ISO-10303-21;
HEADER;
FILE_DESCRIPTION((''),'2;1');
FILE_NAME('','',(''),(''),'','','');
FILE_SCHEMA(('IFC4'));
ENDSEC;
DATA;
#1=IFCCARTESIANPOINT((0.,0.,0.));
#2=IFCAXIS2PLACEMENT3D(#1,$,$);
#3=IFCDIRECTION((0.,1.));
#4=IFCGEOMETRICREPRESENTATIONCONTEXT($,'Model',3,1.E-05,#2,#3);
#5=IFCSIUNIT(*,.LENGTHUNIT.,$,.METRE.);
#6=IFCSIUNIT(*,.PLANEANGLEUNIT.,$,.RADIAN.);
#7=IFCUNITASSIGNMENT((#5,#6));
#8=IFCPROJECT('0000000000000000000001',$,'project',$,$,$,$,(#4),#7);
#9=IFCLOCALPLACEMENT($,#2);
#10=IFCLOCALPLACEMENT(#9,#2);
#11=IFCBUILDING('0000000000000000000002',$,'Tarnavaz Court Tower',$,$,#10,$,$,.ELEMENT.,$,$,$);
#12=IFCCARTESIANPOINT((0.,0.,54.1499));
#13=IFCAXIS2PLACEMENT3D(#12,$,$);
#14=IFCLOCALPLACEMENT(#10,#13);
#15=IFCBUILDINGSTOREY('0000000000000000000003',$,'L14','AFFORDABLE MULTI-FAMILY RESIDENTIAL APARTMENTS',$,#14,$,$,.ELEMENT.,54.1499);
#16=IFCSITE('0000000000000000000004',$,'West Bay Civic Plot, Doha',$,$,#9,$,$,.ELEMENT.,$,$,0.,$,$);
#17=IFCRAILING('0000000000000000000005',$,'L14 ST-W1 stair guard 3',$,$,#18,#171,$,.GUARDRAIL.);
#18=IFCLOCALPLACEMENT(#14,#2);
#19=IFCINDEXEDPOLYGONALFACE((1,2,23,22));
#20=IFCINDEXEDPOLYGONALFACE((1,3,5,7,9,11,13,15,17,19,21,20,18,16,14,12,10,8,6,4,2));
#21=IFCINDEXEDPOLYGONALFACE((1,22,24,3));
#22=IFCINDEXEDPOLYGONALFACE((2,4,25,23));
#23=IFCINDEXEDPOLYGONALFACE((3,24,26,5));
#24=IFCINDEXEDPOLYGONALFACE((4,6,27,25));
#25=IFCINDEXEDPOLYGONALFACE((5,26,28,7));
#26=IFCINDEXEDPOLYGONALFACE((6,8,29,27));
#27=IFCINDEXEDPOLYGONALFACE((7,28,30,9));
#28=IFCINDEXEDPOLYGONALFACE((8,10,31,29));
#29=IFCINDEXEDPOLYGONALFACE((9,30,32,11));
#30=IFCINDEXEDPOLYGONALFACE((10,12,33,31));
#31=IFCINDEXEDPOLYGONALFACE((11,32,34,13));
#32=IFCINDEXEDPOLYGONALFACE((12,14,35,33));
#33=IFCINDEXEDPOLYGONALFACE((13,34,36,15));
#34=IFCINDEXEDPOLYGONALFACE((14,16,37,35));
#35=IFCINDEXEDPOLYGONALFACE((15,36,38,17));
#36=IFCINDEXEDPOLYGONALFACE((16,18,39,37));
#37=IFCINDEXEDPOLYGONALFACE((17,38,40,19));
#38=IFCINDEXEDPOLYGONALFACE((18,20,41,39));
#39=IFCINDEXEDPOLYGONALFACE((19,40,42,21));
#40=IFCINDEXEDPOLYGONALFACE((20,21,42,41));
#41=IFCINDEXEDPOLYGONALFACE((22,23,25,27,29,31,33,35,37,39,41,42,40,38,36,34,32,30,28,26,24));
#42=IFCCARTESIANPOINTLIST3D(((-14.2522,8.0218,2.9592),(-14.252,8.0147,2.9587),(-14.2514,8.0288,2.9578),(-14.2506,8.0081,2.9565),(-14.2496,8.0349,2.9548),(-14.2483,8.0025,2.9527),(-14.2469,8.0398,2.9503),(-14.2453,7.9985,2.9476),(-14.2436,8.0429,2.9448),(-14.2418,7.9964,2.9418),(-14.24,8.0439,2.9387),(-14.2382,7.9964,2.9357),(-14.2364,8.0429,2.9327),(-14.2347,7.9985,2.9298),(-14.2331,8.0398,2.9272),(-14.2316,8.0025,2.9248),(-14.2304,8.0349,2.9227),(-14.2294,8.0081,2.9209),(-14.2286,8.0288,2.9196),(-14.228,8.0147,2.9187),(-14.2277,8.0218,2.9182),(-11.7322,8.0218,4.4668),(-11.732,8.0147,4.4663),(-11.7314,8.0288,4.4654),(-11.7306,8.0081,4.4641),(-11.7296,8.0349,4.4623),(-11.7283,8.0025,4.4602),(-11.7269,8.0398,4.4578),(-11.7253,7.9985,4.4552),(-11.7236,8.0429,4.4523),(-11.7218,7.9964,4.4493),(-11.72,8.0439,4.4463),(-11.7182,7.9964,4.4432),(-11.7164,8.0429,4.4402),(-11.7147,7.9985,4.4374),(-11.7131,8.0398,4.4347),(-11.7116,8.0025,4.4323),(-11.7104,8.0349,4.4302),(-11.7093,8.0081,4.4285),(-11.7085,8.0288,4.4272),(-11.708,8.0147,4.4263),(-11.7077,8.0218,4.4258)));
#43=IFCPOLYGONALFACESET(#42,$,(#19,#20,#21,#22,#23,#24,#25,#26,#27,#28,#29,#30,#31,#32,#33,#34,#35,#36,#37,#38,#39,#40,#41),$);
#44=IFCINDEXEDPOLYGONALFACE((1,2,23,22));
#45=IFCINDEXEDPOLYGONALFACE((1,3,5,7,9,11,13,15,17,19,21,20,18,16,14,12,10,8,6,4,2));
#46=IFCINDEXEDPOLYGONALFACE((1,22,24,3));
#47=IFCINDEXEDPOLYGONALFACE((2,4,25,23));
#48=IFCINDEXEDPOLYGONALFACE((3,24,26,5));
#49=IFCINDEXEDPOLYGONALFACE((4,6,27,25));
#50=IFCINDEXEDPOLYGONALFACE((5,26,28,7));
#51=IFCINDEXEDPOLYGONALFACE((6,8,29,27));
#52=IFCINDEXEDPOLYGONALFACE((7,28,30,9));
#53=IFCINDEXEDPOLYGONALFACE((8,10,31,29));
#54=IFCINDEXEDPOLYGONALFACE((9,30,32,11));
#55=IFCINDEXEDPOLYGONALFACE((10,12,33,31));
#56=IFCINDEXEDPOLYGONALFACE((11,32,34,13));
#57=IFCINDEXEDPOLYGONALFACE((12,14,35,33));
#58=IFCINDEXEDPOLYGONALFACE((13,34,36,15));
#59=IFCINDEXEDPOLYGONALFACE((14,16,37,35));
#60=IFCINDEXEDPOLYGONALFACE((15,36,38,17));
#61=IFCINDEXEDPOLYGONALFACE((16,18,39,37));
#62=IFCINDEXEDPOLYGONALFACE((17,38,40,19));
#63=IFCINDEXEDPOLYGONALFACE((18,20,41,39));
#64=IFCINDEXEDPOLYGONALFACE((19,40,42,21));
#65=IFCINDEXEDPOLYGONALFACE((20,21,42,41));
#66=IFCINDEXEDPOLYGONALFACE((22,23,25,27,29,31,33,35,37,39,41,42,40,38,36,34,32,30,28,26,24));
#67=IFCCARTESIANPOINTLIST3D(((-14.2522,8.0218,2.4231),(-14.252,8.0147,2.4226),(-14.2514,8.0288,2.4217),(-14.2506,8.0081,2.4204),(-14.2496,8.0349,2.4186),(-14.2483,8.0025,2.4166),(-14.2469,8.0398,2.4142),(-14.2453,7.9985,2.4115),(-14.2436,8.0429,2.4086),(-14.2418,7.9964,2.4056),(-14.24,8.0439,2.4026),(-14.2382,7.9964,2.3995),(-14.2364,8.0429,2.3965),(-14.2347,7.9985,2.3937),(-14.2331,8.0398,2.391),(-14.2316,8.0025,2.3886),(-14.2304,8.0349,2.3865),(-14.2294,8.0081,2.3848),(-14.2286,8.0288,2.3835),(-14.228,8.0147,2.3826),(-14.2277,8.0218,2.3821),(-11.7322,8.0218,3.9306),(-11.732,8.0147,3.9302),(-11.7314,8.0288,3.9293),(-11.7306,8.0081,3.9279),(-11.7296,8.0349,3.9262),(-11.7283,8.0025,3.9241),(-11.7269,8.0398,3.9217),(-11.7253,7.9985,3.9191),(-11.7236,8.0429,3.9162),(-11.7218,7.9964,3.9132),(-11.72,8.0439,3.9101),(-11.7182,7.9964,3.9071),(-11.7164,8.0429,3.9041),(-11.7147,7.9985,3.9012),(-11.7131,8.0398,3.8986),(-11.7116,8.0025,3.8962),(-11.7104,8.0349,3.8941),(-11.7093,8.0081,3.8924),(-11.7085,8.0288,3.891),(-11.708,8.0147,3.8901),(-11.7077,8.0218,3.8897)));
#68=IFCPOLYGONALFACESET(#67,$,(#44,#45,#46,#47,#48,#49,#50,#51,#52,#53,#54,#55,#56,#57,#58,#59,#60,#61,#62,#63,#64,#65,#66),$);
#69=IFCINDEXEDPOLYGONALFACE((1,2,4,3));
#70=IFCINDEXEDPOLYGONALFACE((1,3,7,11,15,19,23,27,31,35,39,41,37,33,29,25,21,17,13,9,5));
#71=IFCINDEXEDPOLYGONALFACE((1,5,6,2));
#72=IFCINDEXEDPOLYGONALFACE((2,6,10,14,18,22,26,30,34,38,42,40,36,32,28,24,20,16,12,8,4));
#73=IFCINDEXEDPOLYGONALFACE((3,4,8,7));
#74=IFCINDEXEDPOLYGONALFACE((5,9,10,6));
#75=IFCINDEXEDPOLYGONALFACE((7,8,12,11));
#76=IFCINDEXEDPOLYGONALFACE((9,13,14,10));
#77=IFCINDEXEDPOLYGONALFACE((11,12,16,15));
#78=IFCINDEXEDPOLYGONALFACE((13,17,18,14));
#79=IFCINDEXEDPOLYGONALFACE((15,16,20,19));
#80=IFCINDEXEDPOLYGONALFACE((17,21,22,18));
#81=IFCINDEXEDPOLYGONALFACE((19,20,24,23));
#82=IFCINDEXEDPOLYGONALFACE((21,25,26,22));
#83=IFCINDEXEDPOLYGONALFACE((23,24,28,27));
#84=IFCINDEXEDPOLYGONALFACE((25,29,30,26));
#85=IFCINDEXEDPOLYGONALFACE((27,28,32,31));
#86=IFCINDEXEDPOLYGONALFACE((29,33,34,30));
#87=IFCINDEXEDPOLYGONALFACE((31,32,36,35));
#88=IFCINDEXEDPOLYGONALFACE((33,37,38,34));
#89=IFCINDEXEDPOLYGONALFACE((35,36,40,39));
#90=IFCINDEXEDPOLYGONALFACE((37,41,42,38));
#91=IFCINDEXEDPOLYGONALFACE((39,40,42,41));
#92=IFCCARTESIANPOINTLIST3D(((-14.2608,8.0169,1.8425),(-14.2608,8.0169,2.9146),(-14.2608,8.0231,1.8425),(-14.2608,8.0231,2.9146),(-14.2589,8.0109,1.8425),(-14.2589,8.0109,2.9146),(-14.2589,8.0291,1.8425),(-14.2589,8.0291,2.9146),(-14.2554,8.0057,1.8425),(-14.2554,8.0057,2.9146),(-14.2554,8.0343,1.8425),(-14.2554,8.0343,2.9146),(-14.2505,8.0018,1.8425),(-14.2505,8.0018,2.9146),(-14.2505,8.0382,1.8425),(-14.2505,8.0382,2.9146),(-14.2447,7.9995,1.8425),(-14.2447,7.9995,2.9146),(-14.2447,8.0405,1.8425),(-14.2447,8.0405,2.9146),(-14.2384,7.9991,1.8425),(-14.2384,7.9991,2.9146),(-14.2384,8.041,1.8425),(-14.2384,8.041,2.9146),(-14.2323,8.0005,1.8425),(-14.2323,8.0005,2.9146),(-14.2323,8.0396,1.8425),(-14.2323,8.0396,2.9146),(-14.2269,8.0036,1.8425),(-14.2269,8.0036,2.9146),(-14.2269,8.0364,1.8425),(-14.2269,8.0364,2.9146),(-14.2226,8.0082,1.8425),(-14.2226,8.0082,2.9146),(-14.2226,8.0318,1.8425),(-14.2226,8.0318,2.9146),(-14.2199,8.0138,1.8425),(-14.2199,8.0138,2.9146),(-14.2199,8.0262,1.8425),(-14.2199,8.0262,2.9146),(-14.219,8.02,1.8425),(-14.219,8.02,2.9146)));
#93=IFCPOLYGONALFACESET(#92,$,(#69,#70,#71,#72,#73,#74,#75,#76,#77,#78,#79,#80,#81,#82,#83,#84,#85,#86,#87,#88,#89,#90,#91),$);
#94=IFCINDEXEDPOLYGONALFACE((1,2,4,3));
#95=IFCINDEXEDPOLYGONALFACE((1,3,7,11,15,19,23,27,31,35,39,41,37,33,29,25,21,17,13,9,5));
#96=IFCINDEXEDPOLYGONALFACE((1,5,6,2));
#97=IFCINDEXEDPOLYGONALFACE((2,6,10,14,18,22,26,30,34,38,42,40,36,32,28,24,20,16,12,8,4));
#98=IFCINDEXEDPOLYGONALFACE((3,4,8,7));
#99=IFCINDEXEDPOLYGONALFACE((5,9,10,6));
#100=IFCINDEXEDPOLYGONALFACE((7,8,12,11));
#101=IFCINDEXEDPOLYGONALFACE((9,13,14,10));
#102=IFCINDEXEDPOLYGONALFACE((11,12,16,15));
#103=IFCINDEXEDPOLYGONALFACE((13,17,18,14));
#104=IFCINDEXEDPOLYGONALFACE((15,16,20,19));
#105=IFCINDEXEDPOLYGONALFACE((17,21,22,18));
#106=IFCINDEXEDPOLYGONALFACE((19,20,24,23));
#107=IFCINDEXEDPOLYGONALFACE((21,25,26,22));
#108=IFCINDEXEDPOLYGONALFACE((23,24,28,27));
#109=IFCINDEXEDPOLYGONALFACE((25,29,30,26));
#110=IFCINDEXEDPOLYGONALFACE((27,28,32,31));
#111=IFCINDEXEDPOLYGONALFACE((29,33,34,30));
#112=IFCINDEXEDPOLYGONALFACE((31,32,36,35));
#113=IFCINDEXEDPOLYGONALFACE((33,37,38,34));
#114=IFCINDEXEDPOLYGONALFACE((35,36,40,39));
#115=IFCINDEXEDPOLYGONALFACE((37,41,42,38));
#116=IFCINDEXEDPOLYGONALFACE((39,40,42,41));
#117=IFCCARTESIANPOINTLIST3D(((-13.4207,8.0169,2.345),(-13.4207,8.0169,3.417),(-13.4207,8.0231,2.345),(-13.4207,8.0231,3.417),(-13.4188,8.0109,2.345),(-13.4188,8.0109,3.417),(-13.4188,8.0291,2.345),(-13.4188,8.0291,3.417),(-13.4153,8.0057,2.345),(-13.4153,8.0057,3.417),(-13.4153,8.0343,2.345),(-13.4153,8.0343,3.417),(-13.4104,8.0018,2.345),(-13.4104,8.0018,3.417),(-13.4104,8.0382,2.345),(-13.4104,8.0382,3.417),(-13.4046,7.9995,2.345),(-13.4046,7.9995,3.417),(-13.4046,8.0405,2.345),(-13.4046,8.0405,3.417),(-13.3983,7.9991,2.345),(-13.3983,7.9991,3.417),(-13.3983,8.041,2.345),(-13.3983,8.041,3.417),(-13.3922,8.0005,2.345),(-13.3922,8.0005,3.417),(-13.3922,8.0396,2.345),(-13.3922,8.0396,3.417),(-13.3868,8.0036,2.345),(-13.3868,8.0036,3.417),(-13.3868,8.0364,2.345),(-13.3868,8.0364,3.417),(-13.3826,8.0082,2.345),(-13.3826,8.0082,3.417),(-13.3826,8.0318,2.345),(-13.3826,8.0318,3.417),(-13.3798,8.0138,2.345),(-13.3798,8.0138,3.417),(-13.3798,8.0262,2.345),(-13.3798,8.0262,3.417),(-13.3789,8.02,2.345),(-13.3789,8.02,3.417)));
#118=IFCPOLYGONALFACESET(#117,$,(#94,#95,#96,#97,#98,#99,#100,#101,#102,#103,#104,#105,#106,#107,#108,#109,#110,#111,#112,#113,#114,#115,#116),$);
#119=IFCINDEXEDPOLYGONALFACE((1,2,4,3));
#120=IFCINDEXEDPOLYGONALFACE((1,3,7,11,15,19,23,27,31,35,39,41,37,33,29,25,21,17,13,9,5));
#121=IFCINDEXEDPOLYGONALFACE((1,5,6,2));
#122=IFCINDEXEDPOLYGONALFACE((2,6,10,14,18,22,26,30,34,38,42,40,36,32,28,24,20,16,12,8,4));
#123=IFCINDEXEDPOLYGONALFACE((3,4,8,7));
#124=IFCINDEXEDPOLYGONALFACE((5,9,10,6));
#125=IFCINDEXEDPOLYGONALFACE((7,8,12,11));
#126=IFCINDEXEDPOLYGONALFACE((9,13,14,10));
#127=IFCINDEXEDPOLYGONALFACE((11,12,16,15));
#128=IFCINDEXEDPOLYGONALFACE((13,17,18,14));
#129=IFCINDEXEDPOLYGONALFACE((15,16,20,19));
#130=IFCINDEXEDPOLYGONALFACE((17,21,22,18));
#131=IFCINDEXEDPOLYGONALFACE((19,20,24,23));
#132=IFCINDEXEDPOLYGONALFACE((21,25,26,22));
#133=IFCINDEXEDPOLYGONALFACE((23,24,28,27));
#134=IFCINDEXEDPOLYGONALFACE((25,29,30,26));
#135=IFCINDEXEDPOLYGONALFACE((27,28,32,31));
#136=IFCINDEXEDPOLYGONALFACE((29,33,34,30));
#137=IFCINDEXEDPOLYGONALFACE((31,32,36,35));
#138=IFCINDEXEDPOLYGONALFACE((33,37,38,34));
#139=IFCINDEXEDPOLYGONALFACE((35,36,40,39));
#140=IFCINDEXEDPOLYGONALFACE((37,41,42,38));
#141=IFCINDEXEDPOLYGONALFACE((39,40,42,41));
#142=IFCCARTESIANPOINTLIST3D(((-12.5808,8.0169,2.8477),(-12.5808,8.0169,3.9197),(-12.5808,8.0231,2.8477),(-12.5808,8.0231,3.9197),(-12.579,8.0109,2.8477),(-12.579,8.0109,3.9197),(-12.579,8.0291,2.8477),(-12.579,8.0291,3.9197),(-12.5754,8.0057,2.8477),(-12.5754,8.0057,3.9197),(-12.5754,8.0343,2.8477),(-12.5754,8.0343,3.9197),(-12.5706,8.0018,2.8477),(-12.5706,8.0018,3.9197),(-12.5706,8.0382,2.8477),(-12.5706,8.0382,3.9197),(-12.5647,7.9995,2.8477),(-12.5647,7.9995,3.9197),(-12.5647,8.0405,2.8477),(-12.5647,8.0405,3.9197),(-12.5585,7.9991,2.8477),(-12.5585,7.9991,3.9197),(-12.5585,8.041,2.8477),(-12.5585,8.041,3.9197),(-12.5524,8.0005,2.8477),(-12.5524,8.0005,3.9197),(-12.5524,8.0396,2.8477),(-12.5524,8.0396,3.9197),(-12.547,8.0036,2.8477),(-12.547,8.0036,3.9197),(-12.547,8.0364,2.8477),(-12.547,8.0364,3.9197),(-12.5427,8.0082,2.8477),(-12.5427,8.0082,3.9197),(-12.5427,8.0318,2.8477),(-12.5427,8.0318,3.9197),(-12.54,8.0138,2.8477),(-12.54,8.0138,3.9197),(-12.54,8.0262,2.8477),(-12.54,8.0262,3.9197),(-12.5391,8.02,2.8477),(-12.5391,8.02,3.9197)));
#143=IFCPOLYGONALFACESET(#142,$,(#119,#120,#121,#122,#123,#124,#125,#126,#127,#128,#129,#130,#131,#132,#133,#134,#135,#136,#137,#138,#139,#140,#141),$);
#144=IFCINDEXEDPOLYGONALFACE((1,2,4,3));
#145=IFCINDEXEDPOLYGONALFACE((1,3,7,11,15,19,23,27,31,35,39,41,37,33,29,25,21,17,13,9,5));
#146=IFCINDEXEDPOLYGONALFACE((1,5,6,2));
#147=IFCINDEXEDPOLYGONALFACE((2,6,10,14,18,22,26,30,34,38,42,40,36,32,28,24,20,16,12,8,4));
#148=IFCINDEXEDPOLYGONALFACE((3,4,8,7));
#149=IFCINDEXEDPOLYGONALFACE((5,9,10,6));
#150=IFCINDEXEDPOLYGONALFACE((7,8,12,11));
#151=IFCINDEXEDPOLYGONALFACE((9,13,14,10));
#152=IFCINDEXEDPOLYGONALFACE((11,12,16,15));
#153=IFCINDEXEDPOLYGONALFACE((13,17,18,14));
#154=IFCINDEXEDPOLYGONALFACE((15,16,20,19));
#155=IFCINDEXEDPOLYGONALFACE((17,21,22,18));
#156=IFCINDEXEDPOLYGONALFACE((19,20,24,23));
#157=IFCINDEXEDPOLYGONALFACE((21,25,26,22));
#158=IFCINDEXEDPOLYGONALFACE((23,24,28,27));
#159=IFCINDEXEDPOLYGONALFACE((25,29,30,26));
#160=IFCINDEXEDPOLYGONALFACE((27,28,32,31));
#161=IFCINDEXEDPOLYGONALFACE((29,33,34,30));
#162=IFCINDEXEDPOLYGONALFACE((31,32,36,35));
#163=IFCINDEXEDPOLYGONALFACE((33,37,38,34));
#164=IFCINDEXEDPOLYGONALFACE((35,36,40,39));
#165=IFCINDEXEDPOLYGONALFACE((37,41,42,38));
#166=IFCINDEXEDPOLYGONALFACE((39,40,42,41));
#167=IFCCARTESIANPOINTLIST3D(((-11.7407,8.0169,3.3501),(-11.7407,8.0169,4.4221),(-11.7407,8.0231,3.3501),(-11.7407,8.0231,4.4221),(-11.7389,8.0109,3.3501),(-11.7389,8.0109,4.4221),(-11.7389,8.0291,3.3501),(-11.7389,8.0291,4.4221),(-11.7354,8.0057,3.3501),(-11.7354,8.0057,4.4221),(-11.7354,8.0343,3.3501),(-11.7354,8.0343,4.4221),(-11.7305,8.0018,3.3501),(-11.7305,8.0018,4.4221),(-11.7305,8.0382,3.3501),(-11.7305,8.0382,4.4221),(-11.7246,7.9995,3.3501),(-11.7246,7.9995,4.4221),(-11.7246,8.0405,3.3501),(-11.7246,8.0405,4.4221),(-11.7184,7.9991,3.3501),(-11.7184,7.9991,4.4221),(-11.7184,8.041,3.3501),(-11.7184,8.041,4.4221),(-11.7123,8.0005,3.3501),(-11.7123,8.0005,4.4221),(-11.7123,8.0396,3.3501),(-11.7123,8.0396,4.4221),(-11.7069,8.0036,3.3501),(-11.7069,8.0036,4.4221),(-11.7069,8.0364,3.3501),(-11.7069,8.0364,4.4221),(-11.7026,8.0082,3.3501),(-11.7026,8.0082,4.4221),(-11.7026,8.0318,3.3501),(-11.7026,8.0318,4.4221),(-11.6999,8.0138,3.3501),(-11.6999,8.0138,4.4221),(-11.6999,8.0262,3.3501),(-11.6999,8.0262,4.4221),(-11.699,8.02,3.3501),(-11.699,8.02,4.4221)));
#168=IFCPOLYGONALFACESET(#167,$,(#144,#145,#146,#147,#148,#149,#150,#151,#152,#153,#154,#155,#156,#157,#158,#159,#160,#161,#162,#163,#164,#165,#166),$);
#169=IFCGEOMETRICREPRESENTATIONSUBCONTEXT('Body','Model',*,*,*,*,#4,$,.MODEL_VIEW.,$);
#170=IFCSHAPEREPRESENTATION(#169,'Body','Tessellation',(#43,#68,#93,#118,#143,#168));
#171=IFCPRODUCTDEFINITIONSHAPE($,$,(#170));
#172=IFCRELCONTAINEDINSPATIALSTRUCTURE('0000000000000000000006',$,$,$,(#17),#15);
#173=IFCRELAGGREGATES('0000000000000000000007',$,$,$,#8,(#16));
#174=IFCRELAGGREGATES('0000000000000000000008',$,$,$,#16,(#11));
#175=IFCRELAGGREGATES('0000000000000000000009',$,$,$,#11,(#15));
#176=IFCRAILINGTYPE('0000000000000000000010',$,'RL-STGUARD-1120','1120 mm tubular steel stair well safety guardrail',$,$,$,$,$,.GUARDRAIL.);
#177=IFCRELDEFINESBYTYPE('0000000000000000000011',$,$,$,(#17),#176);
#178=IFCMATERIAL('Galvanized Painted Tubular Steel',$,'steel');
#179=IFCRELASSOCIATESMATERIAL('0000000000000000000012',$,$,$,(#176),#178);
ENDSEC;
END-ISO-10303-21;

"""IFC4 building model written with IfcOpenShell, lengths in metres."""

from ifc_helpers import new_model, si_unit, direction, frame, origin, origin_2d, place, context, subcontext, project, spatial, circle, extrude, material, type_object, element, save


model = new_model("IFC4")

# Units and contexts
model_context = context("Model", 3, precision=1e-05, world=origin(), true_north=direction((0.0, 1.0)))
body_context = subcontext(model_context, "Body", "Model", "MODEL_VIEW")
ifc_project = project(units=[si_unit("LENGTHUNIT", "METRE"), si_unit("PLANEANGLEUNIT", "RADIAN")], contexts=[model_context])

# Site, building, storey
site_placement = place(None, origin())
site = spatial("IfcSite", under=ifc_project, at=site_placement, Name="West Bay Civic Plot, Doha", CompositionType="ELEMENT", RefElevation=0.0)
building_placement = place(site_placement, origin())
building = spatial("IfcBuilding", under=site, at=building_placement, Name="Tarnavaz Court Tower", CompositionType="ELEMENT")
storey_placement = place(building_placement, frame((0.0, 0.0, 54.1499)))
storey = spatial("IfcBuildingStorey", under=building, at=storey_placement, Name="L14", Description="AFFORDABLE MULTI-FAMILY RESIDENTIAL APARTMENTS", CompositionType="ELEMENT", Elevation=54.1499)

# Railing
ifc_material_1 = material(Name="Galvanized Painted Tubular Steel", Category="steel")
railing_type_1 = type_object("IfcRailingType", Name="RL-STGUARD-1120", Description="1120 mm tubular steel stair well safety guardrail", PredefinedType="GUARDRAIL", material=ifc_material_1)
railing_1_placement = place(storey_placement, frame((-14.24, 8.02, 1.8425)))
element("IfcRailing", 1, at=railing_1_placement, inside=storey, type_object=railing_type_1, Name="L14 ST-W1 stair guard 3", PredefinedType="GUARDRAIL", context=body_context, shape_type="SweptSolid", body=[
    extrude(circle(Radius=0.0239, at=origin_2d()), frame((0.0, 0.0, 1.0962), z_axis=(0.85816, 0.0, 0.513383), x_axis=(0.0, 1.0, 0.0)), (0.0, 0.0, 1.0), 2.9365),
    extrude(circle(Radius=0.0239, at=origin_2d()), frame((0.0, 0.0, 0.5601), z_axis=(0.85816, 0.0, 0.513383), x_axis=(0.0, 1.0, 0.0)), (0.0, 0.0, 1.0), 2.9365),
    extrude(circle(Radius=0.021, at=origin_2d()), origin(), (0.0, 0.0, 1.0), 1.072),
    extrude(circle(Radius=0.021, at=origin_2d()), frame((0.8401, 0.0, 0.5024)), (0.0, 0.0, 1.0), 1.072),
    extrude(circle(Radius=0.021, at=origin_2d()), frame((1.6799, 0.0, 1.0051)), (0.0, 0.0, 1.0), 1.072),
    extrude(circle(Radius=0.021, at=origin_2d()), frame((2.52, 0.0, 1.5076)), (0.0, 0.0, 1.0), 1.072),
])

save(model, "model.ifc")
